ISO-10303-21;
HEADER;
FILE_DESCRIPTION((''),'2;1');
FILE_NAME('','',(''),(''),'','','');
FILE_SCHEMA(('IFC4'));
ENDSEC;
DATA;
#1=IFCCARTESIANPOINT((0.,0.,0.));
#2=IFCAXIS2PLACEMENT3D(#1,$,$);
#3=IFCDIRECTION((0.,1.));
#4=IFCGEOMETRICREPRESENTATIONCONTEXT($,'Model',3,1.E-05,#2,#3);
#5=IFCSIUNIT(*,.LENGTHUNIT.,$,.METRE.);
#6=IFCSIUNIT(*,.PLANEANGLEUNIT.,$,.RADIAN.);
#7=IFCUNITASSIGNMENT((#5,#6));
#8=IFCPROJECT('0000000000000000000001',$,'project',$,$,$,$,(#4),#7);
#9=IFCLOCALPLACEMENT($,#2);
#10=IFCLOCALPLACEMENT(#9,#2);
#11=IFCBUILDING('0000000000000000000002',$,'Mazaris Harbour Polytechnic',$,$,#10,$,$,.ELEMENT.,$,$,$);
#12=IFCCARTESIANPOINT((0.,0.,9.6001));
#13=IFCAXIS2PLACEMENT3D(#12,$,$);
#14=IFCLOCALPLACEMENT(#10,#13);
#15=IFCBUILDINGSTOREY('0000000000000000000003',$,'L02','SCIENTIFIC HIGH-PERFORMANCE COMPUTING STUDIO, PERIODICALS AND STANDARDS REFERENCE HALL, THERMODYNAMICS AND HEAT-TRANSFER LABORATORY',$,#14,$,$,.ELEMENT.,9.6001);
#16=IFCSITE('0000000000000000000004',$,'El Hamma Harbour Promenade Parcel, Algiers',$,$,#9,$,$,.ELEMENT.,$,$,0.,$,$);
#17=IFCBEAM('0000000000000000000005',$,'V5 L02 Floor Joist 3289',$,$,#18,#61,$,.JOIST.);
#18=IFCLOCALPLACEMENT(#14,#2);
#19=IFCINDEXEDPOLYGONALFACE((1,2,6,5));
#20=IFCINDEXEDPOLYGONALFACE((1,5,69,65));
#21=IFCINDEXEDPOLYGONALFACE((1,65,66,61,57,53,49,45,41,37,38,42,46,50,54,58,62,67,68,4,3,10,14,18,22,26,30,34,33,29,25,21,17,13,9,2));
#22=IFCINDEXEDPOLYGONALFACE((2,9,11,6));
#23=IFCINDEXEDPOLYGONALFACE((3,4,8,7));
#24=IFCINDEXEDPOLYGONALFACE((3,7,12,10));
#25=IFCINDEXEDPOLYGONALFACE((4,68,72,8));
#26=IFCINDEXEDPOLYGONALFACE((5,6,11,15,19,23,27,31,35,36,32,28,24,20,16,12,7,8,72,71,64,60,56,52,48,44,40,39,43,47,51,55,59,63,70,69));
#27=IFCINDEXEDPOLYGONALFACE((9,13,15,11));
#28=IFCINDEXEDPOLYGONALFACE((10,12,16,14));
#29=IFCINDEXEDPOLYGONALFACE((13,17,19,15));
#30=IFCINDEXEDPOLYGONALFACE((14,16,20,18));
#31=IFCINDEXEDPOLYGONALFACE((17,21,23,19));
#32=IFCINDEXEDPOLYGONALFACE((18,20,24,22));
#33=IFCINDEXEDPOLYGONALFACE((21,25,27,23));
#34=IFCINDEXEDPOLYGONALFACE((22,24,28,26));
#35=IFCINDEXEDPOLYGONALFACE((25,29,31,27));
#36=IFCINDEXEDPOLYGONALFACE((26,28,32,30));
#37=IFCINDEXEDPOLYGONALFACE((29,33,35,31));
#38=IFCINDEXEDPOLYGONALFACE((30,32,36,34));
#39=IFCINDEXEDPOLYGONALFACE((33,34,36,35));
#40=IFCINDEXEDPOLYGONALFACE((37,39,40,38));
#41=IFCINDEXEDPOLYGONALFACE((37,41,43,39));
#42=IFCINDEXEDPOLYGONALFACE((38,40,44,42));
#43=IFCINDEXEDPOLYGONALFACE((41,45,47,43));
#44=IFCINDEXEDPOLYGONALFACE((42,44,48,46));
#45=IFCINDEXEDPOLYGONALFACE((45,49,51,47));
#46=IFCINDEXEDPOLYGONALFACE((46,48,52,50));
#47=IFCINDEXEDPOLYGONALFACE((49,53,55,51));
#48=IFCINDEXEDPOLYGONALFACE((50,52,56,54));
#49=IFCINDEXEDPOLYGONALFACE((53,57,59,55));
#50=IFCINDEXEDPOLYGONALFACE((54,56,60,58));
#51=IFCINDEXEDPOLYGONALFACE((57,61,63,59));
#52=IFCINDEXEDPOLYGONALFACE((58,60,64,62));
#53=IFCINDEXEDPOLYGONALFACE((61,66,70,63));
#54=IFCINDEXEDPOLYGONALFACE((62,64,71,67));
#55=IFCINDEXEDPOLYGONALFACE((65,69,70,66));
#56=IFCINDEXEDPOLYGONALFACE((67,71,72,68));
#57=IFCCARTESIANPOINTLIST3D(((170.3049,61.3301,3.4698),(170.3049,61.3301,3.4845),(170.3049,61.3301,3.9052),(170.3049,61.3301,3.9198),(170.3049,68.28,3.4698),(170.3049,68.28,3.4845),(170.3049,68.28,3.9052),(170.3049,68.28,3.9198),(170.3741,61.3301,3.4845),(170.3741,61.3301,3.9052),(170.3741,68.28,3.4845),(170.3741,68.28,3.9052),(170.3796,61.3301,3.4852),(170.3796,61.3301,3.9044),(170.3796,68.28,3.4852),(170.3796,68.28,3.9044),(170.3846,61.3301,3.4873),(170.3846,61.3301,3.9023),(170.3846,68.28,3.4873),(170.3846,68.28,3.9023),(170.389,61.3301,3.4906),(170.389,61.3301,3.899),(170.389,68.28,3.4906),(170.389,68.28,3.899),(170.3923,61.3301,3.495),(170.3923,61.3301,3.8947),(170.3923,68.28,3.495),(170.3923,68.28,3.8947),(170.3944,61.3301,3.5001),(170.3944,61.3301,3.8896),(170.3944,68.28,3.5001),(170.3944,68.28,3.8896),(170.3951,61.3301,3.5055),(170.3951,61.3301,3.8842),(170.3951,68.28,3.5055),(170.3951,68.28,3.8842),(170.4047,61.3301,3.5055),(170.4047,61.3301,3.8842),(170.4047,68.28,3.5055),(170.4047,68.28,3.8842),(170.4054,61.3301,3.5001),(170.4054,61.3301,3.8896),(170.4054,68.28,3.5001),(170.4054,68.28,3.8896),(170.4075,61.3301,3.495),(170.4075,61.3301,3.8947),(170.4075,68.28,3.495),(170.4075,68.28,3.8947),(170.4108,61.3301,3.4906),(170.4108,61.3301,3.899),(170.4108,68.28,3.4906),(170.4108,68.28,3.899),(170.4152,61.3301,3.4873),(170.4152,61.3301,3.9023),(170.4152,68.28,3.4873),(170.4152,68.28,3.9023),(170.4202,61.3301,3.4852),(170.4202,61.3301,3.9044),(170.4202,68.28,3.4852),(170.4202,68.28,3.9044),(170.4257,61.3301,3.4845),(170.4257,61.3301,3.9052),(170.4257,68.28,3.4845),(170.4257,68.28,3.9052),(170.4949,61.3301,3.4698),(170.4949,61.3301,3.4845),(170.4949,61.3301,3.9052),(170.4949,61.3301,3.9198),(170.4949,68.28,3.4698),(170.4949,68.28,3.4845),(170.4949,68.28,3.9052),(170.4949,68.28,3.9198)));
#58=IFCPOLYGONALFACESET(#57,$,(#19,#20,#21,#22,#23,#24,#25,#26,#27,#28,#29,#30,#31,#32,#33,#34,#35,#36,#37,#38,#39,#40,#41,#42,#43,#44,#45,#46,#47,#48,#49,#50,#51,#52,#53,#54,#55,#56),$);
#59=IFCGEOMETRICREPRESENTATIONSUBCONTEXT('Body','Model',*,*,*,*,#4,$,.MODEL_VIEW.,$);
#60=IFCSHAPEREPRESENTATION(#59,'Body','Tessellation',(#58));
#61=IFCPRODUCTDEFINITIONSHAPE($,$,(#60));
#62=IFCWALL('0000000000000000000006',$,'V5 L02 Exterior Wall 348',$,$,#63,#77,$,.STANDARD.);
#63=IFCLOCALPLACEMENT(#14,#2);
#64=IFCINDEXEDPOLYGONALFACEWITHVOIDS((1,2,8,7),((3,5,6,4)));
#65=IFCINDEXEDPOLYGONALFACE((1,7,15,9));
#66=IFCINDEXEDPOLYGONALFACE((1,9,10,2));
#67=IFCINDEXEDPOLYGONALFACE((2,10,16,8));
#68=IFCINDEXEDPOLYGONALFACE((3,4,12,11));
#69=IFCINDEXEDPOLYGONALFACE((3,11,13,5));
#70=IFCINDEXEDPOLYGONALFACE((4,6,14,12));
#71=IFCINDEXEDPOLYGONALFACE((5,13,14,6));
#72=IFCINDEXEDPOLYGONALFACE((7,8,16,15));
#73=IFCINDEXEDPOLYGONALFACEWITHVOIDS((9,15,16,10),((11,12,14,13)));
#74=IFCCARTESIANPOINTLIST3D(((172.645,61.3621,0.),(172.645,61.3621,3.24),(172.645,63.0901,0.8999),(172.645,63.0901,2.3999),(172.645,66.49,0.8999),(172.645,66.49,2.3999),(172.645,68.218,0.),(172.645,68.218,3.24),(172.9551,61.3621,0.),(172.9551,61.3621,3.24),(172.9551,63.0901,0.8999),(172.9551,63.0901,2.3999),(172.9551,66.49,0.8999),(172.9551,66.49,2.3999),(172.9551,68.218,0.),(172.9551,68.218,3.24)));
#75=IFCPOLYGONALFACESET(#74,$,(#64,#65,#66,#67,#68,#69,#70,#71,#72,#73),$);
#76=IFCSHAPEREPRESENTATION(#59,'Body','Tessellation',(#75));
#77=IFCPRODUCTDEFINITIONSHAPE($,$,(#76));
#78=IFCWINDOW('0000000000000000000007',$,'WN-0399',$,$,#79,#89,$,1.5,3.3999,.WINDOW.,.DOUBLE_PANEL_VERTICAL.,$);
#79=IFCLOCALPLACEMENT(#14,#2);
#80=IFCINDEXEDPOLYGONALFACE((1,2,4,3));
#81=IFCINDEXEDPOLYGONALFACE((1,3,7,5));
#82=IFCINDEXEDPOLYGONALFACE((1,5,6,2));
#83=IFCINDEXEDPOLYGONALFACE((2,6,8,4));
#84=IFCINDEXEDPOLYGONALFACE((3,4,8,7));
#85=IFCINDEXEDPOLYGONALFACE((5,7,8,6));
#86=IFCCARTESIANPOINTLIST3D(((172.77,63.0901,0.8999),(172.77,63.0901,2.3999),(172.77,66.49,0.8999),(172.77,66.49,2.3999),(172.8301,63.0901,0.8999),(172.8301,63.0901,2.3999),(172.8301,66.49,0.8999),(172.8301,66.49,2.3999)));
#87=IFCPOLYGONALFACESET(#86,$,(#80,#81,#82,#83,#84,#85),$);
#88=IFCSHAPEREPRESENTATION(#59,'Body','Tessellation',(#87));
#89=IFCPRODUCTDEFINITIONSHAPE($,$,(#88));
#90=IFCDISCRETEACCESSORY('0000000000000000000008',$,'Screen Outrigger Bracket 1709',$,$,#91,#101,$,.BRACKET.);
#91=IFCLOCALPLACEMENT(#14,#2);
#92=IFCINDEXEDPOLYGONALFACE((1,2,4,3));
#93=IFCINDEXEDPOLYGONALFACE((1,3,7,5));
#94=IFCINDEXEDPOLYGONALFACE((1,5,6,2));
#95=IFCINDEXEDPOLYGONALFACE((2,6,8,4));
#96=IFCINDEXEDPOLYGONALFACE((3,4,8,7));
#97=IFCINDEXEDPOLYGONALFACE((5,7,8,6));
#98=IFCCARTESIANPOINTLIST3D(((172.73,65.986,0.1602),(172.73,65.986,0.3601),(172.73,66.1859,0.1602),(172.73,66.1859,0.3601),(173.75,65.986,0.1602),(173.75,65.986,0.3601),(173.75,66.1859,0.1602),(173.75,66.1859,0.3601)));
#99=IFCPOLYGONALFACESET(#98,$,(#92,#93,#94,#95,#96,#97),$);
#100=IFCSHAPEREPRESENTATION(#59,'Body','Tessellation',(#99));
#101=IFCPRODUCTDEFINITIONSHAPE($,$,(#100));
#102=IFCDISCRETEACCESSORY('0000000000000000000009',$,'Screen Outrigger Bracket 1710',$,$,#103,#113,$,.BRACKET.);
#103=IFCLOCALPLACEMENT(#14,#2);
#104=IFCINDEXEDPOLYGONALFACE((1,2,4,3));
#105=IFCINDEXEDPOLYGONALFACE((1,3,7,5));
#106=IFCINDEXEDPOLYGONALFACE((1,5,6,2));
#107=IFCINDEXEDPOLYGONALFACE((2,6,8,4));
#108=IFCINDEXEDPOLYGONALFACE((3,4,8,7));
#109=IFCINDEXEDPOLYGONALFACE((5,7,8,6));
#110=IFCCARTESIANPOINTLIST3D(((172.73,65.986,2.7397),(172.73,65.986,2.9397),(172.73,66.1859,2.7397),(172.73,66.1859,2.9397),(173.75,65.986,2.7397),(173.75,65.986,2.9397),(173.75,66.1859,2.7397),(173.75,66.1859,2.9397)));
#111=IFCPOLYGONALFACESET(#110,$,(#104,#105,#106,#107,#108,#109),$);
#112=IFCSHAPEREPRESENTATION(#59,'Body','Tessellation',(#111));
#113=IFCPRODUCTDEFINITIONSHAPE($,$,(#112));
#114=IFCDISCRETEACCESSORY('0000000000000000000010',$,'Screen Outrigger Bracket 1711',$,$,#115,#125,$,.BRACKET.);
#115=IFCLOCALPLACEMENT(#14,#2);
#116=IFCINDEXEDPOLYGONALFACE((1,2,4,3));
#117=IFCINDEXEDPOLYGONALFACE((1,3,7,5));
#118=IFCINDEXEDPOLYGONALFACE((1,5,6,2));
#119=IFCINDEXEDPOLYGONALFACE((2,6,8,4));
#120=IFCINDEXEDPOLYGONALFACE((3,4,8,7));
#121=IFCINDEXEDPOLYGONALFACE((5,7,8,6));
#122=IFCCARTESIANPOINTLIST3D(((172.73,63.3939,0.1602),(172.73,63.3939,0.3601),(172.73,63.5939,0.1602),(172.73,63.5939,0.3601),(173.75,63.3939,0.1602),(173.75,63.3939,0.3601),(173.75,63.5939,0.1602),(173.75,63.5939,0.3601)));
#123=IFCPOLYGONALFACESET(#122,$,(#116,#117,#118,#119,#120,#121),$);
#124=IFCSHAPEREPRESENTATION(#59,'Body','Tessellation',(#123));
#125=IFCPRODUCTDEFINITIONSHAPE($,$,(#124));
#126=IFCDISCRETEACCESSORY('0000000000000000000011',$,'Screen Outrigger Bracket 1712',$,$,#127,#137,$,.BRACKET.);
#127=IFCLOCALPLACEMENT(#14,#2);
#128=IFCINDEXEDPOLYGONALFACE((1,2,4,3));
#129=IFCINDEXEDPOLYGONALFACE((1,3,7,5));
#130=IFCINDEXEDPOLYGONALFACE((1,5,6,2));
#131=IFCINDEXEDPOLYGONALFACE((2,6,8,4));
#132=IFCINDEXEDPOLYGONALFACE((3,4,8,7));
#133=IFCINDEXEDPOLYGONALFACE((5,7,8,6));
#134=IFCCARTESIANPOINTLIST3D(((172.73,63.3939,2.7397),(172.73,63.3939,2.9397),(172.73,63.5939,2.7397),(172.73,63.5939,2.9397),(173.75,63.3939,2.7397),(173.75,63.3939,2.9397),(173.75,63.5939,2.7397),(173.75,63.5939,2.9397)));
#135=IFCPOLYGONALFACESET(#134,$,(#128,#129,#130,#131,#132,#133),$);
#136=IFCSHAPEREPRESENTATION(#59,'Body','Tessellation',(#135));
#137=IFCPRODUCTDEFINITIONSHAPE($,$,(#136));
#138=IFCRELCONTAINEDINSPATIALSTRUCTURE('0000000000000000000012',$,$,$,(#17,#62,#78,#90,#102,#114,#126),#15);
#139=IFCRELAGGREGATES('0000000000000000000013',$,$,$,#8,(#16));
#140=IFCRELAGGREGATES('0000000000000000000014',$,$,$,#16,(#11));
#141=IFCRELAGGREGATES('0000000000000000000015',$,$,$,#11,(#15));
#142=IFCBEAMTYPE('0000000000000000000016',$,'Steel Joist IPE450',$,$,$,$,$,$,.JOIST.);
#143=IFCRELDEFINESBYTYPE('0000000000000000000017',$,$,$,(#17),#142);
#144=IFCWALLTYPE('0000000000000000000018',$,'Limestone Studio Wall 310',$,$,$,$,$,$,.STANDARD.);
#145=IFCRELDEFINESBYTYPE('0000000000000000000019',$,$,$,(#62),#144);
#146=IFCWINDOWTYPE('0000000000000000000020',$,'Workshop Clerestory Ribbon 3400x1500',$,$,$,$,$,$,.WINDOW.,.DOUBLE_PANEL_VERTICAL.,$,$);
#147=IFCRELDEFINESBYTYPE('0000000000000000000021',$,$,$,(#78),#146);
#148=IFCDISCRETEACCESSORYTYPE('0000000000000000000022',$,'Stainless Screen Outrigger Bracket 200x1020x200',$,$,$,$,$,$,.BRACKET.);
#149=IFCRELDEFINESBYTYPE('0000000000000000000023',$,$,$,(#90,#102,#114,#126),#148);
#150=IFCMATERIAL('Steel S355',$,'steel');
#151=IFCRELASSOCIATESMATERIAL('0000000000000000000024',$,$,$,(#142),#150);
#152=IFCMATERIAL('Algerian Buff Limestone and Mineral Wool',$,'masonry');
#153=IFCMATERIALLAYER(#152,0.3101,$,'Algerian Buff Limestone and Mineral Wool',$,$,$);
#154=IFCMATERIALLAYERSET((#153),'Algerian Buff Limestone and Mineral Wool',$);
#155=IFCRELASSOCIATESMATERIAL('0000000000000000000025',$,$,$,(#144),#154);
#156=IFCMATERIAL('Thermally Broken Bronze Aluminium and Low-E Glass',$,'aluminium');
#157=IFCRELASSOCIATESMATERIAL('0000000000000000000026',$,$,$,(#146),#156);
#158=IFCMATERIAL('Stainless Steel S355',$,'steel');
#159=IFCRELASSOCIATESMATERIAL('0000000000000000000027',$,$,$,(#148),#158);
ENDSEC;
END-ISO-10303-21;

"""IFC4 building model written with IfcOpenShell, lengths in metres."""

from ifc_helpers import new_model, si_unit, direction, frame, frame_2d, origin, origin_2d, place, context, subcontext, project, spatial, rectangle, i_section, extrude, material, layer, layer_set, material_profile, profile_set, type_object, element, fill, save


model = new_model("IFC4")

# Units and contexts
model_context = context("Model", 3, precision=1e-05, world=origin(), true_north=direction((0.0, 1.0)))
body_context = subcontext(model_context, "Body", "Model", "MODEL_VIEW")
ifc_project = project(units=[si_unit("LENGTHUNIT", "METRE"), si_unit("PLANEANGLEUNIT", "RADIAN")], contexts=[model_context])

# Site, building, storey
site_placement = place(None, origin())
site = spatial("IfcSite", under=ifc_project, at=site_placement, Name="El Hamma Harbour Promenade Parcel, Algiers", CompositionType="ELEMENT", RefElevation=0.0)
building_placement = place(site_placement, origin())
building = spatial("IfcBuilding", under=site, at=building_placement, Name="Mazaris Harbour Polytechnic", CompositionType="ELEMENT")
storey_placement = place(building_placement, frame((0.0, 0.0, 9.6001)))
storey = spatial("IfcBuildingStorey", under=building, at=storey_placement, Name="L02", Description="SCIENTIFIC HIGH-PERFORMANCE COMPUTING STUDIO, PERIODICALS AND STANDARDS REFERENCE HALL, THERMODYNAMICS AND HEAT-TRANSFER LABORATORY", CompositionType="ELEMENT", Elevation=9.6001)

# Beam
ifc_material_1 = material(Name="Steel S355", Category="steel")
ifc_material_profile_1 = material_profile(ifc_material_1, i_section(OverallWidth=0.1899, OverallDepth=0.45, WebThickness=0.0095, FlangeThickness=0.0146, FilletRadius=0.021, at=origin_2d()), Name="IPE 450")
ifc_profile_set_1 = profile_set([ifc_material_profile_1], Name="Steel S355")
beam_type_1 = type_object("IfcBeamType", Name="Steel Joist IPE450", PredefinedType="JOIST", material=ifc_profile_set_1)
beam_1_placement = place(storey_placement, frame((170.3999, 61.3301, 3.6948), z_axis=(0.0, 1.0, 0.0), x_axis=(-1.0, 0.0, 0.0)))
element("IfcBeam", 1, at=beam_1_placement, inside=storey, type_object=beam_type_1, Name="V5 L02 Floor Joist 3289", PredefinedType="JOIST", context=body_context, shape_type="SweptSolid", body=[
    extrude(i_section(OverallWidth=0.1899, OverallDepth=0.45, WebThickness=0.0095, FlangeThickness=0.0146, FilletRadius=0.021, at=origin_2d()), origin(), (0.0, 0.0, 1.0), 6.95),
])

# Wall, opening, window
ifc_material_2 = material(Name="Algerian Buff Limestone and Mineral Wool", Category="masonry")
ifc_layer_1 = layer(ifc_material_2, 0.3101, Name="Algerian Buff Limestone and Mineral Wool")
ifc_layer_set_1 = layer_set([ifc_layer_1], Name="Algerian Buff Limestone and Mineral Wool")
wall_type = type_object("IfcWallType", Name="Limestone Studio Wall 310", PredefinedType="STANDARD", material=ifc_layer_set_1)
wall_placement = place(storey_placement, frame((172.8, 68.218, 0.0), z_axis=(0.0, 0.0, 1.0), x_axis=(0.0, -1.0, 0.0)))
wall = element("IfcWall", 2, at=wall_placement, inside=storey, type_object=wall_type, Name="V5 L02 Exterior Wall 348", PredefinedType="STANDARD", context=body_context, shape_type="SweptSolid", body=[
    extrude(rectangle(XDim=6.856, YDim=0.3101, at=frame_2d((3.428, 0.0))), origin(), (0.0, 0.0, 1.0), 3.24),
])
opening_placement = place(wall_placement, frame((1.728, 0.0, 0.8999)))
opening = element("IfcOpeningElement", 3, at=opening_placement, cuts=wall, PredefinedType="OPENING", context=body_context, shape_type="SweptSolid", body=[
    extrude(rectangle(XDim=3.3999, YDim=1.5, at=frame_2d((1.7, 0.75))), frame((0.0, 0.165, 0.0), z_axis=(0.0, -1.0, 0.0), x_axis=(1.0, 0.0, 0.0)), (0.0, 0.0, 1.0), 0.3301),
])
ifc_material_3 = material(Name="Thermally Broken Bronze Aluminium and Low-E Glass", Category="aluminium")
window_type = type_object("IfcWindowType", Name="Workshop Clerestory Ribbon 3400x1500", PartitioningType="DOUBLE_PANEL_VERTICAL", PredefinedType="WINDOW", material=ifc_material_3)
window_placement = place(opening_placement, origin())
window = element("IfcWindow", 4, at=window_placement, inside=storey, type_object=window_type, Name="WN-0399", OverallHeight=1.5, OverallWidth=3.3999, PartitioningType="DOUBLE_PANEL_VERTICAL", PredefinedType="WINDOW", context=body_context, shape_type="SweptSolid", body=[
    extrude(rectangle(XDim=3.3999, YDim=1.5, at=frame_2d((1.7, 0.75))), frame((0.0, 0.03, 0.0), z_axis=(0.0, -1.0, 0.0), x_axis=(1.0, 0.0, 0.0)), (0.0, 0.0, 1.0), 0.0601),
])
fill(opening, window)

# Discrete accessories
ifc_material_4 = material(Name="Stainless Steel S355", Category="steel")
discrete_accessory_type = type_object("IfcDiscreteAccessoryType", Name="Stainless Screen Outrigger Bracket 200x1020x200", PredefinedType="BRACKET", material=ifc_material_4)
for number, where, z_axis, x_axis, name in (
    (5, (173.24, 66.0859, 0.1602), (0.0, 0.0, 1.0), (0.0, -1.0, 0.0), "Screen Outrigger Bracket 1709"),
    (6, (173.24, 66.0859, 2.7397), (0.0, 0.0, 1.0), (0.0, -1.0, 0.0), "Screen Outrigger Bracket 1710"),
    (7, (173.24, 63.4939, 0.1602), (0.0, 0.0, 1.0), (0.0, -1.0, 0.0), "Screen Outrigger Bracket 1711"),
    (8, (173.24, 63.4939, 2.7397), (0.0, 0.0, 1.0), (0.0, -1.0, 0.0), "Screen Outrigger Bracket 1712"),
):
    element("IfcDiscreteAccessory", number, at=place(storey_placement, frame(where, z_axis=z_axis, x_axis=x_axis)), inside=storey, type_object=discrete_accessory_type, Name=name, PredefinedType="BRACKET", context=body_context, shape_type="SweptSolid", body=[
        extrude(rectangle(XDim=0.2, YDim=1.02, at=origin_2d()), origin(), (0.0, 0.0, 1.0), 0.2),
    ])

save(model, "model.ifc")
